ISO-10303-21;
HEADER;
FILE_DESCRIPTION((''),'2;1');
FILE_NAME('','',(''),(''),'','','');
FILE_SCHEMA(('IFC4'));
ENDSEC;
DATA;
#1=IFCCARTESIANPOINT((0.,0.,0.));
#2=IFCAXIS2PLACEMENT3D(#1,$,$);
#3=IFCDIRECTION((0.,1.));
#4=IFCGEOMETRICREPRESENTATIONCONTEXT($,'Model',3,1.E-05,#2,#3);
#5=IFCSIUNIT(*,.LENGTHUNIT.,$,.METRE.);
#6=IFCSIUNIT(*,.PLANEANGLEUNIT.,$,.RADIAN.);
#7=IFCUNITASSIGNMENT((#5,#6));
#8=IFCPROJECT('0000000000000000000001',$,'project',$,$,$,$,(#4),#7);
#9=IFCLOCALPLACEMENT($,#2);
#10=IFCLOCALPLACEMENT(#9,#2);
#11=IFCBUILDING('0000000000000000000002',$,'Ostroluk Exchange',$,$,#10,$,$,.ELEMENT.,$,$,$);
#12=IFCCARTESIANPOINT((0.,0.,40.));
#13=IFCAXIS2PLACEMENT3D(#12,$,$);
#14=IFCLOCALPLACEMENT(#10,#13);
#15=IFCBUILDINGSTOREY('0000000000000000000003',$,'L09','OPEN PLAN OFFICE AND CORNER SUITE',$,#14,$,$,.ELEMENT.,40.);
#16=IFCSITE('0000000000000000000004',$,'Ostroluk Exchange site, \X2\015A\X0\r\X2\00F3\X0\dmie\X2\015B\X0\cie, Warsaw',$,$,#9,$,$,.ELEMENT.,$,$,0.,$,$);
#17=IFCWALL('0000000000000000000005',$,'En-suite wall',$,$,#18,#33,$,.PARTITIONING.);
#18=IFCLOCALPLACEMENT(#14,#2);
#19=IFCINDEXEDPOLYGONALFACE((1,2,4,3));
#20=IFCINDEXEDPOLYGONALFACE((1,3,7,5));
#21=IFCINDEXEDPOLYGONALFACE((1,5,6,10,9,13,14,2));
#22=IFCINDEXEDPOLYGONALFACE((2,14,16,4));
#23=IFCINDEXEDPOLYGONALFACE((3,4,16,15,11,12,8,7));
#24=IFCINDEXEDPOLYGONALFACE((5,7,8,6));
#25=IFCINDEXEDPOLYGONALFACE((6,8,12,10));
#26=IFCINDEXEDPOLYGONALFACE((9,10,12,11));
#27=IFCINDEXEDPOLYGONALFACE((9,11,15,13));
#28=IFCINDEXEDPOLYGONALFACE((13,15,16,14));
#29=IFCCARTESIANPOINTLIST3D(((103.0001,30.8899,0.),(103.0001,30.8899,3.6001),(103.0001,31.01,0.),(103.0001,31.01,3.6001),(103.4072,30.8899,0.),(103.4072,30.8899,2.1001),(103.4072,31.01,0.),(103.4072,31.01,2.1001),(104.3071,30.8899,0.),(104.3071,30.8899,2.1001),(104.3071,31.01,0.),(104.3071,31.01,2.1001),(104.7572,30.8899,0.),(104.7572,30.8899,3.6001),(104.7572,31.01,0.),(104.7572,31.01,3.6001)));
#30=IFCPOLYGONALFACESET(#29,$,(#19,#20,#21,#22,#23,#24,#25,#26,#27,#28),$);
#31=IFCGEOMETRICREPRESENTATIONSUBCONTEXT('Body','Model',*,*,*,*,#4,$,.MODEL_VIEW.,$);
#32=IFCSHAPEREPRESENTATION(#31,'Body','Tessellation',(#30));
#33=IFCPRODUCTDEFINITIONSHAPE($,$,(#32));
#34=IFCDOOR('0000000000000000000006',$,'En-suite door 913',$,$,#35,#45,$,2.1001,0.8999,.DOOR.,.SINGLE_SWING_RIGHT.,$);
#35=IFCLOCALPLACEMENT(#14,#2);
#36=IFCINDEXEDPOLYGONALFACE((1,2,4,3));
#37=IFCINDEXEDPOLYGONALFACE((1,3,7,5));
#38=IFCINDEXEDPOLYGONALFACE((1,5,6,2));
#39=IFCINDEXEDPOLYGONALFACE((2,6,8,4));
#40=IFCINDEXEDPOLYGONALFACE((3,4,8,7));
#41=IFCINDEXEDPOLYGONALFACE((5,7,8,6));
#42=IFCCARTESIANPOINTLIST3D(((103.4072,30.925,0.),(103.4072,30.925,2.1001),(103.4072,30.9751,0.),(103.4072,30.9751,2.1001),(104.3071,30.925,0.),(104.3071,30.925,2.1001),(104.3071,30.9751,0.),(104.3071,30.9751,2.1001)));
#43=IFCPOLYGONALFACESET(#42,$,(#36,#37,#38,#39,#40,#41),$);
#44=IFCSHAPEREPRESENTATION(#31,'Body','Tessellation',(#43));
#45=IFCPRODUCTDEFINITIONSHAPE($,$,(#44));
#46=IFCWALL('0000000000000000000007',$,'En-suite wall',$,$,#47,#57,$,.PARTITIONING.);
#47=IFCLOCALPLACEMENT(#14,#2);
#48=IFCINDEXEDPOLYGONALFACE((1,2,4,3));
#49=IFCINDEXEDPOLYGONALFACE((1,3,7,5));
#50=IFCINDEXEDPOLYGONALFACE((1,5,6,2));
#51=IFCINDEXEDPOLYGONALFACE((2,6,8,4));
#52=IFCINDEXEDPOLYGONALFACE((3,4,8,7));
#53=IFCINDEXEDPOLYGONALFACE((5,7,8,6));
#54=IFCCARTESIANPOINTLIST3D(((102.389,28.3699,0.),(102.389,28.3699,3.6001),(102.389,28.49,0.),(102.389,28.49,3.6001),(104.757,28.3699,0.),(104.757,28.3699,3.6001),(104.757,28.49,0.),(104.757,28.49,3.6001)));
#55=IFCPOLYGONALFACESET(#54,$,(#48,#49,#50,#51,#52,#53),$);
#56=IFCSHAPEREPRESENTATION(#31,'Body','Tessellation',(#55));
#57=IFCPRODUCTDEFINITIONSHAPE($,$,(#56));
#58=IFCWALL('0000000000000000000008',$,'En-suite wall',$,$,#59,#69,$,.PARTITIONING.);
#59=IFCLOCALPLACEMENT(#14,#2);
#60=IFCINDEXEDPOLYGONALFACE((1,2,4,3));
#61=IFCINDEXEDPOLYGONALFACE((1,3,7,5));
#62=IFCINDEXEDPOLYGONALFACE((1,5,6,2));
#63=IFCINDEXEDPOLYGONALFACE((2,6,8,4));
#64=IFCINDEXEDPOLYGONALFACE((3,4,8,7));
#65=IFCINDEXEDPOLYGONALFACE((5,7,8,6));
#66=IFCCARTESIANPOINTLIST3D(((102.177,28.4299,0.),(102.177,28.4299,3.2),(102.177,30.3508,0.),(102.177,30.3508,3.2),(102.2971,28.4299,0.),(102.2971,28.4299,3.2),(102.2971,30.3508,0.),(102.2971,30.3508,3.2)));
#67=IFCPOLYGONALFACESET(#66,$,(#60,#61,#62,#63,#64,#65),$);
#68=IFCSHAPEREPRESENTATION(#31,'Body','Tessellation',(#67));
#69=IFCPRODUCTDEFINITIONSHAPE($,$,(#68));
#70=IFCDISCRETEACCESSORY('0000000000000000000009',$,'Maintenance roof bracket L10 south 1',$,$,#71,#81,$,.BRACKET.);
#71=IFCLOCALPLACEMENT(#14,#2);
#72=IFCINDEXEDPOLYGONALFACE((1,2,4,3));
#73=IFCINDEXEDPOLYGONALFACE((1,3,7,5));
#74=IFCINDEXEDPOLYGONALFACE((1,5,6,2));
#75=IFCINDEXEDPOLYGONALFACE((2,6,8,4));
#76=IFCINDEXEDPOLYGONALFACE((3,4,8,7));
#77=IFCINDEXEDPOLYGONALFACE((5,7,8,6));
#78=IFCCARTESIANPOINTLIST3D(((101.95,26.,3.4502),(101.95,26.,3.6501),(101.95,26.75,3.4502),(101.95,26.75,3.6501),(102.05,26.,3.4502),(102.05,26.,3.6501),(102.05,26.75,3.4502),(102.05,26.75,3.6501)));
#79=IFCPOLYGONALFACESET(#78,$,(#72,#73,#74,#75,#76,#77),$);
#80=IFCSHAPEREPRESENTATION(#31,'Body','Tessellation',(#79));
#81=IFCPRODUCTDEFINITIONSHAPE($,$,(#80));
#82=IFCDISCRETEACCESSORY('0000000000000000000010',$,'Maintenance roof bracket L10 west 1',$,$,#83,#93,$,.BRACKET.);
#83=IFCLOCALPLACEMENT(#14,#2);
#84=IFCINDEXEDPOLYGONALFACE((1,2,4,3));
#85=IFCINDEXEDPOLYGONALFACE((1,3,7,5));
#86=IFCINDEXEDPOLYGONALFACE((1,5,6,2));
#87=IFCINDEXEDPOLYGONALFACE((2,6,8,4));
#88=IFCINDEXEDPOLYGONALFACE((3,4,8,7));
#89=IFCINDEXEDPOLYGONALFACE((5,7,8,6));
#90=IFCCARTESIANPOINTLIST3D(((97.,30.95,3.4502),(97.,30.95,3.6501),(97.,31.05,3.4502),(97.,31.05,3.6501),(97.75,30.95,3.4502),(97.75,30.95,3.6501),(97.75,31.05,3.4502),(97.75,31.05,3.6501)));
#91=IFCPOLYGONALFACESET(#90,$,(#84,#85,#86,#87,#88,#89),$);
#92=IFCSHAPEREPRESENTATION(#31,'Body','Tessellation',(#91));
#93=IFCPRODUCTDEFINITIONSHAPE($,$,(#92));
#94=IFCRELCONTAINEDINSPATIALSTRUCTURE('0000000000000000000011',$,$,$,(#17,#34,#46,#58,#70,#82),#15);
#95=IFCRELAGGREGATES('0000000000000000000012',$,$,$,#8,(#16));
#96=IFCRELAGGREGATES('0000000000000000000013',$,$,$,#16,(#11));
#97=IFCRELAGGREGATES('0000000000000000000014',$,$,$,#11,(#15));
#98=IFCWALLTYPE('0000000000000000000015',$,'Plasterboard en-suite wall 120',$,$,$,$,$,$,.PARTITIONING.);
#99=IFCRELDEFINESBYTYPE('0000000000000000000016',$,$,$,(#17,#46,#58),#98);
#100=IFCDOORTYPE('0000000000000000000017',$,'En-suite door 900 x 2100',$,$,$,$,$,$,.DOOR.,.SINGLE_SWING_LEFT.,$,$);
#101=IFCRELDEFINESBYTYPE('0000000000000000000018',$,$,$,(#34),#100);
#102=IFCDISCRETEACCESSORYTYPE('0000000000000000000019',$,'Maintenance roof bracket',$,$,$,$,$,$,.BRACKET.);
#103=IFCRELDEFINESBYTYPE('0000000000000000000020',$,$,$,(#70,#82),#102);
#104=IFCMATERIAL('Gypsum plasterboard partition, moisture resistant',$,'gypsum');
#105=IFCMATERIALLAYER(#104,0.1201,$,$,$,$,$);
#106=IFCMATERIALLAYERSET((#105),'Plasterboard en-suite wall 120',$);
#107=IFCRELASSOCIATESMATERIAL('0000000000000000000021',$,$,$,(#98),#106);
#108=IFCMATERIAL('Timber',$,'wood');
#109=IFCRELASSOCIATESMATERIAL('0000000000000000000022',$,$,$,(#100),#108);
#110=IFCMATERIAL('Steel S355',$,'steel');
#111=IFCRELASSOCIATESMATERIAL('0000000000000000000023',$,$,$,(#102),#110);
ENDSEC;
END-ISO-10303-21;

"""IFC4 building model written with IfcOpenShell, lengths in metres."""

from ifc_helpers import new_model, si_unit, direction, frame, frame_2d, origin, origin_2d, place, context, subcontext, project, spatial, rectangle, extrude, material, layer, layer_set, type_object, element, fill, save


model = new_model("IFC4")

# Units and contexts
model_context = context("Model", 3, precision=1e-05, world=origin(), true_north=direction((0.0, 1.0)))
body_context = subcontext(model_context, "Body", "Model", "MODEL_VIEW")
ifc_project = project(units=[si_unit("LENGTHUNIT", "METRE"), si_unit("PLANEANGLEUNIT", "RADIAN")], contexts=[model_context])

# Site, building, storey
site_placement = place(None, origin())
site = spatial("IfcSite", under=ifc_project, at=site_placement, Name="Ostroluk Exchange site, Śródmieście, Warsaw", CompositionType="ELEMENT", RefElevation=0.0)
building_placement = place(site_placement, origin())
building = spatial("IfcBuilding", under=site, at=building_placement, Name="Ostroluk Exchange", CompositionType="ELEMENT")
storey_placement = place(building_placement, frame((0.0, 0.0, 40.0)))
storey = spatial("IfcBuildingStorey", under=building, at=storey_placement, Name="L09", Description="OPEN PLAN OFFICE AND CORNER SUITE", CompositionType="ELEMENT", Elevation=40.0)

# Wall, opening, door
ifc_material_1 = material(Name="Gypsum plasterboard partition, moisture resistant", Category="gypsum")
ifc_layer_1 = layer(ifc_material_1, 0.1201)
ifc_layer_set_1 = layer_set([ifc_layer_1], Name="Plasterboard en-suite wall 120")
wall_type_1 = type_object("IfcWallType", Name="Plasterboard en-suite wall 120", PredefinedType="PARTITIONING", material=ifc_layer_set_1)
wall_1_placement = place(storey_placement, frame((104.7571, 30.95, 0.0), z_axis=(0.0, 0.0, 1.0), x_axis=(-1.0, 0.0, 0.0)))
wall_1 = element("IfcWall", 1, at=wall_1_placement, inside=storey, type_object=wall_type_1, Name="En-suite wall", PredefinedType="PARTITIONING", context=body_context, shape_type="SweptSolid", body=[
    extrude(rectangle(XDim=1.7571, YDim=0.1201, at=frame_2d((0.8784, 0.0))), origin(), (0.0, 0.0, 1.0), 3.6001),
])
opening_1_placement = place(wall_1_placement, frame((0.45, 0.0, 0.0)))
opening_1 = element("IfcOpeningElement", 2, at=opening_1_placement, cuts=wall_1, PredefinedType="OPENING", context=body_context, shape_type="SweptSolid", body=[
    extrude(rectangle(XDim=0.8999, YDim=2.1001, at=frame_2d((0.45, 1.05))), frame((0.0, 0.0701, 0.0), z_axis=(0.0, -1.0, 0.0), x_axis=(1.0, 0.0, 0.0)), (0.0, 0.0, 1.0), 0.1401),
])
ifc_material_2 = material(Name="Timber", Category="wood")
door_type_1 = type_object("IfcDoorType", Name="En-suite door 900 x 2100", OperationType="SINGLE_SWING_LEFT", PredefinedType="DOOR", material=ifc_material_2)
door_1_placement = place(opening_1_placement, origin())
door_1 = element("IfcDoor", 3, at=door_1_placement, inside=storey, type_object=door_type_1, Name="En-suite door 913", OperationType="SINGLE_SWING_RIGHT", OverallHeight=2.1001, OverallWidth=0.8999, PredefinedType="DOOR", context=body_context, shape_type="SweptSolid", body=[
    extrude(rectangle(XDim=0.8999, YDim=2.1001, at=frame_2d((0.45, 1.05))), frame((0.0, 0.0249, 0.0), z_axis=(0.0, -1.0, 0.0), x_axis=(1.0, 0.0, 0.0)), (0.0, 0.0, 1.0), 0.05),
])
fill(opening_1, door_1)

# Walls
wall_2_placement = place(storey_placement, frame((104.7571, 28.4299, 0.0), z_axis=(0.0, 0.0, 1.0), x_axis=(-1.0, 0.0, 0.0)))
element("IfcWall", 4, at=wall_2_placement, inside=storey, type_object=wall_type_1, Name="En-suite wall", PredefinedType="PARTITIONING", context=body_context, shape_type="SweptSolid", body=[
    extrude(rectangle(XDim=2.3679, YDim=0.1201, at=frame_2d((1.1841, 0.0))), origin(), (0.0, 0.0, 1.0), 3.6001),
])
wall_3_placement = place(storey_placement, frame((102.2371, 30.3508, 0.0), z_axis=(0.0, 0.0, 1.0), x_axis=(0.0, -1.0, 0.0)))
element("IfcWall", 5, at=wall_3_placement, inside=storey, type_object=wall_type_1, Name="En-suite wall", PredefinedType="PARTITIONING", context=body_context, shape_type="SweptSolid", body=[
    extrude(rectangle(XDim=1.9209, YDim=0.1201, at=frame_2d((0.9604, 0.0))), origin(), (0.0, 0.0, 1.0), 3.2),
])

# Discrete accessories
ifc_material_3 = material(Name="Steel S355", Category="steel")
discrete_accessory_type = type_object("IfcDiscreteAccessoryType", Name="Maintenance roof bracket", PredefinedType="BRACKET", material=ifc_material_3)
discrete_accessory_1_placement = place(storey_placement, frame((102.0, 26.375, 3.4502), z_axis=(0.0, 0.0, 1.0), x_axis=(1.0, 0.0, 0.0)))
element("IfcDiscreteAccessory", 6, at=discrete_accessory_1_placement, inside=storey, type_object=discrete_accessory_type, Name="Maintenance roof bracket L10 south 1", PredefinedType="BRACKET", context=body_context, shape_type="SweptSolid", body=[
    extrude(rectangle(XDim=0.1001, YDim=0.75, at=origin_2d()), origin(), (0.0, 0.0, 1.0), 0.2),
])
discrete_accessory_2_placement = place(storey_placement, frame((97.375, 31.0, 3.4502), z_axis=(0.0, 0.0, 1.0), x_axis=(1.0, 0.0, 0.0)))
element("IfcDiscreteAccessory", 7, at=discrete_accessory_2_placement, inside=storey, type_object=discrete_accessory_type, Name="Maintenance roof bracket L10 west 1", PredefinedType="BRACKET", context=body_context, shape_type="SweptSolid", body=[
    extrude(rectangle(XDim=0.75, YDim=0.1001, at=origin_2d()), origin(), (0.0, 0.0, 1.0), 0.2),
])

save(model, "model.ifc")
